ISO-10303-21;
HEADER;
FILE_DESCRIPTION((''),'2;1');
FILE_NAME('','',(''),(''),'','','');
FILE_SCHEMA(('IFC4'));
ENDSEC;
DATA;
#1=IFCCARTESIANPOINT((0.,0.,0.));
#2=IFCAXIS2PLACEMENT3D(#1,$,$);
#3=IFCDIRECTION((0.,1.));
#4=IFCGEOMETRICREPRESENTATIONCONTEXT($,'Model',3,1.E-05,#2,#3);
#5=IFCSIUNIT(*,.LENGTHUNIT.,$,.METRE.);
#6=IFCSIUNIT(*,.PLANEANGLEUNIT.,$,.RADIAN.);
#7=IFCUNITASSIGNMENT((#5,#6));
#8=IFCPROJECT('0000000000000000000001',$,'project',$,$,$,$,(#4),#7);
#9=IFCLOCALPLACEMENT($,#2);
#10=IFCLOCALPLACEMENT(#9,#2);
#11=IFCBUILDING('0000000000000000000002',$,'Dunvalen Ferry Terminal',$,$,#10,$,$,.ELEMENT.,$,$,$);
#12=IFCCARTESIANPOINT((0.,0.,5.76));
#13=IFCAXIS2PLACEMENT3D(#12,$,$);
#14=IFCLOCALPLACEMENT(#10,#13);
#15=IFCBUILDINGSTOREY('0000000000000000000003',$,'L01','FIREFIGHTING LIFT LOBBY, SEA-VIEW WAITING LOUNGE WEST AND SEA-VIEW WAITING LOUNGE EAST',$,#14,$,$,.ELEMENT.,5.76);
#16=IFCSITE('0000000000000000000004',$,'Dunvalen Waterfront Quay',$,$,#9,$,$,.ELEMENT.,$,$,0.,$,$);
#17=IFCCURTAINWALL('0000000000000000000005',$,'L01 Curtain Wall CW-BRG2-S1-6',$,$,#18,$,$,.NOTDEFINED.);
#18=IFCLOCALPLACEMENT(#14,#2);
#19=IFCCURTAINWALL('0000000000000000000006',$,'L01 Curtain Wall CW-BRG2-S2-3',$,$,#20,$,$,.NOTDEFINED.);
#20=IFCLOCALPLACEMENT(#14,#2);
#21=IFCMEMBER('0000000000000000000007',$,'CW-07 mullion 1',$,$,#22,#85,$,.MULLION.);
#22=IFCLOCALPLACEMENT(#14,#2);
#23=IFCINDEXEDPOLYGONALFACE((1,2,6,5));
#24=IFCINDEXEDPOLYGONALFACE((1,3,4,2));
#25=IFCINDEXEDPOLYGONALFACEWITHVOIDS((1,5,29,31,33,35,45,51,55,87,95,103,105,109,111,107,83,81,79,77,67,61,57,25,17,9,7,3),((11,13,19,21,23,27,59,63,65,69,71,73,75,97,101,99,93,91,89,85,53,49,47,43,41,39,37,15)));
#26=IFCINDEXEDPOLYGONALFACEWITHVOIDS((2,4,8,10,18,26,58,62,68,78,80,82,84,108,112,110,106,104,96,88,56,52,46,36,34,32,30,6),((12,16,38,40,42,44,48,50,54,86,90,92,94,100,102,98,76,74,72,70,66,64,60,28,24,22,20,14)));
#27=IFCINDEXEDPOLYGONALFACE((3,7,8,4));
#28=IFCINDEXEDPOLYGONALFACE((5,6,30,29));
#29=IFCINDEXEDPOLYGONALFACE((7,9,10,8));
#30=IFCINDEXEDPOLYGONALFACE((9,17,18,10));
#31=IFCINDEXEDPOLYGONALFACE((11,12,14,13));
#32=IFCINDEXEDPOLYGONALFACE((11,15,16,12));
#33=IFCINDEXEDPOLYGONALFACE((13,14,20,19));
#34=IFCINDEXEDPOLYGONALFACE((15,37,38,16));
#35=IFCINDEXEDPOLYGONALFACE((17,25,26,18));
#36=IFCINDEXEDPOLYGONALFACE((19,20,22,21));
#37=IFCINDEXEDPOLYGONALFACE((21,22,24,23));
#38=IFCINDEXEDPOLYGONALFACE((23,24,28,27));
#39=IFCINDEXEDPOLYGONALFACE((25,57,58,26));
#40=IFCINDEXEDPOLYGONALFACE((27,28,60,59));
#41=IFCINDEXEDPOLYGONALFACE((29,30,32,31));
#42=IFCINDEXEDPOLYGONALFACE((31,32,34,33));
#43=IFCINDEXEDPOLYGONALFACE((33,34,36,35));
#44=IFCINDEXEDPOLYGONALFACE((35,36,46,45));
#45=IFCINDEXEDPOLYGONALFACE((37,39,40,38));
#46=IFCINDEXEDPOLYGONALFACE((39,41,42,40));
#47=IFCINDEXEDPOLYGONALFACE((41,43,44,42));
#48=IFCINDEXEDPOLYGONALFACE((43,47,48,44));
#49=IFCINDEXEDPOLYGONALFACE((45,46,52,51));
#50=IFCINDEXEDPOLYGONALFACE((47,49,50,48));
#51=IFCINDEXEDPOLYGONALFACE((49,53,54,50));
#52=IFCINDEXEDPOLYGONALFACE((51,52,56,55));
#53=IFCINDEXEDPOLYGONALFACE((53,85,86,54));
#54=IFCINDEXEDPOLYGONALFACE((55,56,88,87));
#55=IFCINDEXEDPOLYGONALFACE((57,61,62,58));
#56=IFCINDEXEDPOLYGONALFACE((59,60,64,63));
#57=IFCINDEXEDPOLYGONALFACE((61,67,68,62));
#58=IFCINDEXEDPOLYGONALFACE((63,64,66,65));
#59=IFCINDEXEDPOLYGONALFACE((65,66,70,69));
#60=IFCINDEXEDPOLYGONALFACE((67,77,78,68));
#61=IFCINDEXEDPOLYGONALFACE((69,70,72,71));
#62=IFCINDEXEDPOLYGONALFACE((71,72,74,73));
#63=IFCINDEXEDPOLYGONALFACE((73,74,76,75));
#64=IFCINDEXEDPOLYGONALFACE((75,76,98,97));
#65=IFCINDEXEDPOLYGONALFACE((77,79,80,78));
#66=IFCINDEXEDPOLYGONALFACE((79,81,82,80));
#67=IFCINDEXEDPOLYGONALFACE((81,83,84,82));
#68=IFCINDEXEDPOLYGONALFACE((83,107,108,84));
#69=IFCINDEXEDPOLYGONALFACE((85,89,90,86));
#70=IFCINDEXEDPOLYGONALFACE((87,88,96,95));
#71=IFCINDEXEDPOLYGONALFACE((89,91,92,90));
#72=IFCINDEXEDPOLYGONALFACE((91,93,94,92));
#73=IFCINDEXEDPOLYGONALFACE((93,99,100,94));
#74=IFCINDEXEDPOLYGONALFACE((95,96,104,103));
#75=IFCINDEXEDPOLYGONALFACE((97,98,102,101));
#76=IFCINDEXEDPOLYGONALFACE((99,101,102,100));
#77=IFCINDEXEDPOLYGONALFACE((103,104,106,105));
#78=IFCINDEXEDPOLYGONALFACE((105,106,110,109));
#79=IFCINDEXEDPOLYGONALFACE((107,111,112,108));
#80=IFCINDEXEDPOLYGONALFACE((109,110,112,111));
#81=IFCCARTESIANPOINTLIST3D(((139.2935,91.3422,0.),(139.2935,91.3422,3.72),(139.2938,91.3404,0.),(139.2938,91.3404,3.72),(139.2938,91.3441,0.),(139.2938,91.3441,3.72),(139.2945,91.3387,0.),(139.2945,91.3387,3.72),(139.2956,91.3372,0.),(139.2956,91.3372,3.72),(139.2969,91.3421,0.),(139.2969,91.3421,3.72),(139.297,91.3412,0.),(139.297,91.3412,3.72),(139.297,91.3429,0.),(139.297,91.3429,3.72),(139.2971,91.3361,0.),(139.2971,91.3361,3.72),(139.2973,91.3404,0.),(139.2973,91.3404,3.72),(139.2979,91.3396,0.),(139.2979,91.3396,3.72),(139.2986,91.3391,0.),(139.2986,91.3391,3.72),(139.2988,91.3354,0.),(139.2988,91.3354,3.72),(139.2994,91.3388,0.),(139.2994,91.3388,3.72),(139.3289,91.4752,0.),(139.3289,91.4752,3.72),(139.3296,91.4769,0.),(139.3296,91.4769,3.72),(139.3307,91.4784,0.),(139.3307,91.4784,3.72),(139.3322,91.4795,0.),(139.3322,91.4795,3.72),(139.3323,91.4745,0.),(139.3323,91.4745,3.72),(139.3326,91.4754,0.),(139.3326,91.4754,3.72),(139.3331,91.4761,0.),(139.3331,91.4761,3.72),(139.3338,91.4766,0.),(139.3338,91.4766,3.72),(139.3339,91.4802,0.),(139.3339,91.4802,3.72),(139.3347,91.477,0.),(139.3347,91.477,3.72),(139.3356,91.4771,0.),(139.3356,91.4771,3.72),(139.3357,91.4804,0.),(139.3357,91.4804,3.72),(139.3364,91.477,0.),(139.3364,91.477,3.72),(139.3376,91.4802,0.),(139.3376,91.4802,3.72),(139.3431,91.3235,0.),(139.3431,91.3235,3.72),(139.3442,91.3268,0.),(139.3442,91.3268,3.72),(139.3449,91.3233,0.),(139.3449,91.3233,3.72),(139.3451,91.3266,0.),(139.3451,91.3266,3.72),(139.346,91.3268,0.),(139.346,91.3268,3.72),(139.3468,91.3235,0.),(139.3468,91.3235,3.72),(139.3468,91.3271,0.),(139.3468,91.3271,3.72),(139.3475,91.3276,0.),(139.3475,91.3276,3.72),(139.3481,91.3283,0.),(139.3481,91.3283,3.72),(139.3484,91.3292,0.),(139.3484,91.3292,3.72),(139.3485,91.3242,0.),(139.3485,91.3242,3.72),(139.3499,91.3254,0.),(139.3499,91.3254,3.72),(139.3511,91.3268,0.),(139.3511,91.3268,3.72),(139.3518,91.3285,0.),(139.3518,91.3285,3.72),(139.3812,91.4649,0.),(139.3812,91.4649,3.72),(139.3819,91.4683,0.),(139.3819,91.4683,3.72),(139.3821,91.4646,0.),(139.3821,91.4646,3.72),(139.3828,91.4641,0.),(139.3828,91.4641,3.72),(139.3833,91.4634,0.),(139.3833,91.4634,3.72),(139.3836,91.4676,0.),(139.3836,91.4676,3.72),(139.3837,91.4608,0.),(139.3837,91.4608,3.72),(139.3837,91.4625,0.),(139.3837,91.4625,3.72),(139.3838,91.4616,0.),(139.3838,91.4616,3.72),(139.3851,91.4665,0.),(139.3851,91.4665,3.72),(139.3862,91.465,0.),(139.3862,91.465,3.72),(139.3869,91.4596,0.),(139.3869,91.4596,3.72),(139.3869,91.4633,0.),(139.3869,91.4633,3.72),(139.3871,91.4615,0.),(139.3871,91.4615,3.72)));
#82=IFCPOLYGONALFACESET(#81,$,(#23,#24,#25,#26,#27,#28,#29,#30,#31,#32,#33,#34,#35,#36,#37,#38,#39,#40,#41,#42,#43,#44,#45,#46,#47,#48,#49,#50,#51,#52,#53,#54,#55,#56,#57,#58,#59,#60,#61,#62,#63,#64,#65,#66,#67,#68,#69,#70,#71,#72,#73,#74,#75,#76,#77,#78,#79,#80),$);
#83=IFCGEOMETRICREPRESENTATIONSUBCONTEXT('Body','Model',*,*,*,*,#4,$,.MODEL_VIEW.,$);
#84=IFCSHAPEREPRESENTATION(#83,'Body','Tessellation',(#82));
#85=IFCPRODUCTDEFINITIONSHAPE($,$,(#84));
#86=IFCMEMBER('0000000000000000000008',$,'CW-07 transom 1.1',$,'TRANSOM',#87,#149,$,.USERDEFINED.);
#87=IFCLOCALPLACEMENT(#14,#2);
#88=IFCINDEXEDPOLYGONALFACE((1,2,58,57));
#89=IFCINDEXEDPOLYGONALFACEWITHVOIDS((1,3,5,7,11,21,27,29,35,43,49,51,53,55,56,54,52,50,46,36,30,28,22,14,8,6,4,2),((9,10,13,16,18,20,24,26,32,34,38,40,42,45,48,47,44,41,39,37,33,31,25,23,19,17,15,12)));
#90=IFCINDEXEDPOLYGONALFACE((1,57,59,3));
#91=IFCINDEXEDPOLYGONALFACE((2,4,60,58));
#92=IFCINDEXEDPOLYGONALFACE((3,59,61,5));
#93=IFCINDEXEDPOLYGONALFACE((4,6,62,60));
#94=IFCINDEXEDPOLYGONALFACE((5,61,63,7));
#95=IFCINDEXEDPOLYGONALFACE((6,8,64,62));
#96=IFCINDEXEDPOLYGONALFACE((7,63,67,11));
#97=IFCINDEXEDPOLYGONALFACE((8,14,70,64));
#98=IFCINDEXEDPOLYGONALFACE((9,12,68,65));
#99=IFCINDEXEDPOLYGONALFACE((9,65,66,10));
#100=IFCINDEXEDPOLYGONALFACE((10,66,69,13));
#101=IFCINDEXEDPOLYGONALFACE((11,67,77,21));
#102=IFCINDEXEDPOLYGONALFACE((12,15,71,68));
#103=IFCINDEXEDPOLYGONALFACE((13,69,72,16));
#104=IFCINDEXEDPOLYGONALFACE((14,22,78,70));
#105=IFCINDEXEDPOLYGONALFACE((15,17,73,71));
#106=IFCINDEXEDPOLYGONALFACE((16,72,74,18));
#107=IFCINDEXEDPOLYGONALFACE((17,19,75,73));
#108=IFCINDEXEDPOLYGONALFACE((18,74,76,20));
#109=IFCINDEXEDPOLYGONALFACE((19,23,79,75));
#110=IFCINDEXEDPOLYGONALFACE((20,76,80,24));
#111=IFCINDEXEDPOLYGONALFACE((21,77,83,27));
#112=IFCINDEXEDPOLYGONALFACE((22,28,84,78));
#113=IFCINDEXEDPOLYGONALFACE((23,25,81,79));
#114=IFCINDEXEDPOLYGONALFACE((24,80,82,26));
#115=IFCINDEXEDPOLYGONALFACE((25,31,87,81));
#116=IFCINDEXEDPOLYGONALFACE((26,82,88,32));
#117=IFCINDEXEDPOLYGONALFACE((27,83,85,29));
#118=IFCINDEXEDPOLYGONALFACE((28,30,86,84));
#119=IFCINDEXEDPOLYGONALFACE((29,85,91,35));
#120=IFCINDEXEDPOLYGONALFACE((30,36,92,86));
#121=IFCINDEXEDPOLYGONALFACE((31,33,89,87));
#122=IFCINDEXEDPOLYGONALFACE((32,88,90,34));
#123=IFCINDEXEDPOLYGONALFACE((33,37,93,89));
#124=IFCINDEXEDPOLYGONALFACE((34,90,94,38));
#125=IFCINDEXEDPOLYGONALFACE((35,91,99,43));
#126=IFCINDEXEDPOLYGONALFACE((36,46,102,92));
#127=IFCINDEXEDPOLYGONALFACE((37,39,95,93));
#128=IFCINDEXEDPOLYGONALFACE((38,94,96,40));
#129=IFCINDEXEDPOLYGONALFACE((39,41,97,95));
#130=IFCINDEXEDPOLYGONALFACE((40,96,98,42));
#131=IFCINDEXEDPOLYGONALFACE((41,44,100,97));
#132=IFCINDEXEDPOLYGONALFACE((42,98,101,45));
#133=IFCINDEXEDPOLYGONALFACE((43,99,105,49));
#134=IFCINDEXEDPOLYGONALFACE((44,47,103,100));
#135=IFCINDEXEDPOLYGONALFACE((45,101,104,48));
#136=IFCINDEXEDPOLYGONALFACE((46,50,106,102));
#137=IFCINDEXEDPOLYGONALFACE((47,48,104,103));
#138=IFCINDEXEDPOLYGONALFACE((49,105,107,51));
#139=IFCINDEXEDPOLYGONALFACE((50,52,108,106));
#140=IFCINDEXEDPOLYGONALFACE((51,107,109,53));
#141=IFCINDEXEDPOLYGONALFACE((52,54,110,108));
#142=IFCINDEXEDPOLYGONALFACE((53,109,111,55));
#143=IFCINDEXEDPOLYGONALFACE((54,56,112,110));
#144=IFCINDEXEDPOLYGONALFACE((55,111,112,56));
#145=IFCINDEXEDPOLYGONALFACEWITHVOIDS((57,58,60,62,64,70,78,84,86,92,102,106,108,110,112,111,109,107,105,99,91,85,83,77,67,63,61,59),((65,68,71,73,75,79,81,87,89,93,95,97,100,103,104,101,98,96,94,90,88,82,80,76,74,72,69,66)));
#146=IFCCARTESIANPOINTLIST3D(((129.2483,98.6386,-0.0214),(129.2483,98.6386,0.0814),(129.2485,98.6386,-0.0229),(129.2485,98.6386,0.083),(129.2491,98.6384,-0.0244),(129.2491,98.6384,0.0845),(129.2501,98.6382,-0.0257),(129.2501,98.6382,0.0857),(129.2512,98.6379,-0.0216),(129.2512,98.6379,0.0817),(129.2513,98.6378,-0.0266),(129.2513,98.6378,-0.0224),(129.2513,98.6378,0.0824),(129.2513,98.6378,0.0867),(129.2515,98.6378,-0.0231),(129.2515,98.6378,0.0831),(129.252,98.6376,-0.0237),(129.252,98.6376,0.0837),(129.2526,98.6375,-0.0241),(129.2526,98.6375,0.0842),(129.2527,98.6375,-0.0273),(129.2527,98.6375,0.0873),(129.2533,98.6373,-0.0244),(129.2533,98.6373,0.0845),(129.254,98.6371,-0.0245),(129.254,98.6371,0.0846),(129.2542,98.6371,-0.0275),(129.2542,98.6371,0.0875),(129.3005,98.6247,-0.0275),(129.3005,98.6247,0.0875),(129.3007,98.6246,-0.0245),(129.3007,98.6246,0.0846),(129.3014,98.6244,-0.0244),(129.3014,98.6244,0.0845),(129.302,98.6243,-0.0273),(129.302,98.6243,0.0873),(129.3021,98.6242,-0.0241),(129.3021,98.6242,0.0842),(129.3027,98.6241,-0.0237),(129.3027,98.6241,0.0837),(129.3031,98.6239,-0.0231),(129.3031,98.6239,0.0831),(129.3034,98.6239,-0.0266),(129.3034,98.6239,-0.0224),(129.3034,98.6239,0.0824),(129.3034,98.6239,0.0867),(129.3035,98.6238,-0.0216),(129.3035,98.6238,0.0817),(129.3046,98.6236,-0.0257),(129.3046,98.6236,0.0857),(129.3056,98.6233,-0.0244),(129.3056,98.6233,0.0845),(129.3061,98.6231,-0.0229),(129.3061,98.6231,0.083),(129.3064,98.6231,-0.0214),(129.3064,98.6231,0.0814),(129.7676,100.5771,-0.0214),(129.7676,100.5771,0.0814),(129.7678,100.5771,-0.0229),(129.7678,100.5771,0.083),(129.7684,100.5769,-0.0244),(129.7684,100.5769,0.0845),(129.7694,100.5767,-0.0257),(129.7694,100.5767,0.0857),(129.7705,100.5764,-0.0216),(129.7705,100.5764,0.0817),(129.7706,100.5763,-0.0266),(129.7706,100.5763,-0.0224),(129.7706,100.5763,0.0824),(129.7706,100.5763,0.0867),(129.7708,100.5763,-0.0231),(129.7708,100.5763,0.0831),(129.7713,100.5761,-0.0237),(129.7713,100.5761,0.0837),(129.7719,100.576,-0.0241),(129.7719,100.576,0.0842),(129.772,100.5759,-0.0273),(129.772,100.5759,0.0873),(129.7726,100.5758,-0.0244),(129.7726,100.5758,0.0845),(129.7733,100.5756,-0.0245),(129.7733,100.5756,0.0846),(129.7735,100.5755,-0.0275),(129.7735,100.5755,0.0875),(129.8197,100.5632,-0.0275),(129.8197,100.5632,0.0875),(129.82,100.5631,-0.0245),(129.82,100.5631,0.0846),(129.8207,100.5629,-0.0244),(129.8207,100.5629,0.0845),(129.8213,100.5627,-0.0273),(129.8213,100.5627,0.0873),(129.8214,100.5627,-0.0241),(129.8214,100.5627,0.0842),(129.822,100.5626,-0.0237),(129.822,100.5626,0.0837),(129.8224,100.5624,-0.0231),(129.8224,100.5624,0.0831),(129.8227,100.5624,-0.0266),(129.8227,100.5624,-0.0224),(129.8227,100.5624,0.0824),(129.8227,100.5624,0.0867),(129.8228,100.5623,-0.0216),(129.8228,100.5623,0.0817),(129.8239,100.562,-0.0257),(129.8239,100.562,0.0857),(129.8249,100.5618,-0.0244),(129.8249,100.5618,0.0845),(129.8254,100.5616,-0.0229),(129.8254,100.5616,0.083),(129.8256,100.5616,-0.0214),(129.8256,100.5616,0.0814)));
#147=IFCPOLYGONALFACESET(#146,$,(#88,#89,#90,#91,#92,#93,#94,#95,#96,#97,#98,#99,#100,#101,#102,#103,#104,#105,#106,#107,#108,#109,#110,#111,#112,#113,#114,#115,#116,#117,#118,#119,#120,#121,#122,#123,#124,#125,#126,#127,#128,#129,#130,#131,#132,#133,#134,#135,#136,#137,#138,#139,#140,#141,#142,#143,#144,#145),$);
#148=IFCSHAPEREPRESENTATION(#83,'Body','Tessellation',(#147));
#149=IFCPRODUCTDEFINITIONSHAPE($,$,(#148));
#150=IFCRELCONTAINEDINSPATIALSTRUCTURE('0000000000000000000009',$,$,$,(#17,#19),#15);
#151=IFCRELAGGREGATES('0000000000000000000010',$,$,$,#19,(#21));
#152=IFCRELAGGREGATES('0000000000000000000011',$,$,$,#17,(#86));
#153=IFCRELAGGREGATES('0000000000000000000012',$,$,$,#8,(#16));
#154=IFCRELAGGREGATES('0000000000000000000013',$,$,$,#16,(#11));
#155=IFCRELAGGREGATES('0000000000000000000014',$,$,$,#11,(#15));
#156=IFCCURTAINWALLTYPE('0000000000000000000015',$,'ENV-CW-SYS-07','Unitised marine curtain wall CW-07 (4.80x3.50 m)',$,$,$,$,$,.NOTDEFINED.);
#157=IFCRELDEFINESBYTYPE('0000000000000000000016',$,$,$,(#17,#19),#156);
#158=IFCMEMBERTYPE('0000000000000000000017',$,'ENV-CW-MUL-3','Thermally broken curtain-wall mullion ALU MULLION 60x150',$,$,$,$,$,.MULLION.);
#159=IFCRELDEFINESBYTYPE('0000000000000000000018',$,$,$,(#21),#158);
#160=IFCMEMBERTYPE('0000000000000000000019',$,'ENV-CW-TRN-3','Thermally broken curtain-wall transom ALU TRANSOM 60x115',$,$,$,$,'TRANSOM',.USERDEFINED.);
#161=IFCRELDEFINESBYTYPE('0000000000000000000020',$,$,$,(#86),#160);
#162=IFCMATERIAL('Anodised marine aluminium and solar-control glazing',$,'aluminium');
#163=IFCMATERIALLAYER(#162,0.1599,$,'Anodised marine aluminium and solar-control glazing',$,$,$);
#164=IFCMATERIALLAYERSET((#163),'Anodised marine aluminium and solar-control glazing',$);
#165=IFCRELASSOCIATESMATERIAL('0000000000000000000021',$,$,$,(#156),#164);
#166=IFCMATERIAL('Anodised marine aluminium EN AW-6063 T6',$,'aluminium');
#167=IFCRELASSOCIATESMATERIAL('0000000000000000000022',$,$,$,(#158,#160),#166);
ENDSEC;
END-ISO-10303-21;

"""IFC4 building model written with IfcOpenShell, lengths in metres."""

from ifc_helpers import new_model, si_unit, direction, frame, origin, origin_2d, place, context, subcontext, project, spatial, hollow_rectangle, extrude, material, layer, layer_set, material_profile, profile_set, type_object, element, aggregate, save


model = new_model("IFC4")

# Units and contexts
model_context = context("Model", 3, precision=1e-05, world=origin(), true_north=direction((0.0, 1.0)))
body_context = subcontext(model_context, "Body", "Model", "MODEL_VIEW")
ifc_project = project(units=[si_unit("LENGTHUNIT", "METRE"), si_unit("PLANEANGLEUNIT", "RADIAN")], contexts=[model_context])

# Site, building, storey
site_placement = place(None, origin())
site = spatial("IfcSite", under=ifc_project, at=site_placement, Name="Dunvalen Waterfront Quay", CompositionType="ELEMENT", RefElevation=0.0)
building_placement = place(site_placement, origin())
building = spatial("IfcBuilding", under=site, at=building_placement, Name="Dunvalen Ferry Terminal", CompositionType="ELEMENT")
storey_placement = place(building_placement, frame((0.0, 0.0, 5.76)))
storey = spatial("IfcBuildingStorey", under=building, at=storey_placement, Name="L01", Description="FIREFIGHTING LIFT LOBBY, SEA-VIEW WAITING LOUNGE WEST AND SEA-VIEW WAITING LOUNGE EAST", CompositionType="ELEMENT", Elevation=5.76)

# Curtain wall
ifc_material_1 = material(Name="Anodised marine aluminium and solar-control glazing", Category="aluminium")
ifc_layer_1 = layer(ifc_material_1, 0.1599, Name="Anodised marine aluminium and solar-control glazing")
ifc_layer_set_1 = layer_set([ifc_layer_1], Name="Anodised marine aluminium and solar-control glazing")
curtain_wall_type = type_object("IfcCurtainWallType", Name="ENV-CW-SYS-07", Description="Unitised marine curtain wall CW-07 (4.80x3.50 m)", PredefinedType="NOTDEFINED", material=ifc_layer_set_1)
curtain_wall_1_placement = place(storey_placement, origin())
curtain_wall_1 = element("IfcCurtainWall", 1, at=curtain_wall_1_placement, inside=storey, type_object=curtain_wall_type, Name="L01 Curtain Wall CW-BRG2-S1-6", PredefinedType="NOTDEFINED")
ifc_material_2 = material(Name="Anodised marine aluminium EN AW-6063 T6", Category="aluminium")
ifc_material_profile_1 = material_profile(ifc_material_2, hollow_rectangle(XDim=0.0601, YDim=0.1499, WallThickness=0.0034, InnerFilletRadius=0.0034, OuterFilletRadius=0.0071, at=origin_2d()), Name="Anodised marine aluminium EN AW-6063 T6")
ifc_profile_set_1 = profile_set([ifc_material_profile_1], Name="Anodised marine aluminium EN AW-6063 T6")
member_type_1 = type_object("IfcMemberType", Name="ENV-CW-MUL-3", Description="Thermally broken curtain-wall mullion ALU MULLION 60x150", PredefinedType="MULLION", material=ifc_profile_set_1)

# Curtain wall, member
curtain_wall_2_placement = place(storey_placement, origin())
curtain_wall_2 = element("IfcCurtainWall", 2, at=curtain_wall_2_placement, inside=storey, type_object=curtain_wall_type, Name="L01 Curtain Wall CW-BRG2-S2-3", PredefinedType="NOTDEFINED")
member_1_placement = place(storey_placement, frame((139.3403, 91.4019, 0.0), z_axis=(0.0, 0.0, 1.0), x_axis=(-0.965935, 0.258786, 0.0)))
member_1 = element("IfcMember", 3, at=member_1_placement, type_object=member_type_1, Name="CW-07 mullion 1", PredefinedType="MULLION", context=body_context, shape_type="SweptSolid", body=[
    extrude(hollow_rectangle(XDim=0.0601, YDim=0.1499, WallThickness=0.0034, InnerFilletRadius=0.0034, OuterFilletRadius=0.0071, at=origin_2d()), origin(), (0.0, 0.0, 1.0), 3.72),
])

# Member
ifc_material_profile_2 = material_profile(ifc_material_2, hollow_rectangle(XDim=0.0601, YDim=0.115, WallThickness=0.0029, InnerFilletRadius=0.0029, OuterFilletRadius=0.0061, at=origin_2d()), Name="Anodised marine aluminium EN AW-6063 T6")
ifc_profile_set_2 = profile_set([ifc_material_profile_2], Name="Anodised marine aluminium EN AW-6063 T6")
member_type_2 = type_object("IfcMemberType", Name="ENV-CW-TRN-3", Description="Thermally broken curtain-wall transom ALU TRANSOM 60x115", ElementType="TRANSOM", PredefinedType="USERDEFINED", material=ifc_profile_set_2)
member_2_placement = place(storey_placement, frame((129.2773, 98.6309, 0.03), z_axis=(0.25876, 0.965942, 0.0), x_axis=(-0.965942, 0.25876, 0.0)))
member_2 = element("IfcMember", 4, at=member_2_placement, type_object=member_type_2, Name="CW-07 transom 1.1", ObjectType="TRANSOM", PredefinedType="USERDEFINED", context=body_context, shape_type="SweptSolid", body=[
    extrude(hollow_rectangle(XDim=0.0601, YDim=0.115, WallThickness=0.0029, InnerFilletRadius=0.0029, OuterFilletRadius=0.0061, at=origin_2d()), origin(), (0.0, 0.0, 1.0), 2.0068),
])
aggregate(curtain_wall_2, [member_1])

aggregate(curtain_wall_1, [member_2])

save(model, "model.ifc")
